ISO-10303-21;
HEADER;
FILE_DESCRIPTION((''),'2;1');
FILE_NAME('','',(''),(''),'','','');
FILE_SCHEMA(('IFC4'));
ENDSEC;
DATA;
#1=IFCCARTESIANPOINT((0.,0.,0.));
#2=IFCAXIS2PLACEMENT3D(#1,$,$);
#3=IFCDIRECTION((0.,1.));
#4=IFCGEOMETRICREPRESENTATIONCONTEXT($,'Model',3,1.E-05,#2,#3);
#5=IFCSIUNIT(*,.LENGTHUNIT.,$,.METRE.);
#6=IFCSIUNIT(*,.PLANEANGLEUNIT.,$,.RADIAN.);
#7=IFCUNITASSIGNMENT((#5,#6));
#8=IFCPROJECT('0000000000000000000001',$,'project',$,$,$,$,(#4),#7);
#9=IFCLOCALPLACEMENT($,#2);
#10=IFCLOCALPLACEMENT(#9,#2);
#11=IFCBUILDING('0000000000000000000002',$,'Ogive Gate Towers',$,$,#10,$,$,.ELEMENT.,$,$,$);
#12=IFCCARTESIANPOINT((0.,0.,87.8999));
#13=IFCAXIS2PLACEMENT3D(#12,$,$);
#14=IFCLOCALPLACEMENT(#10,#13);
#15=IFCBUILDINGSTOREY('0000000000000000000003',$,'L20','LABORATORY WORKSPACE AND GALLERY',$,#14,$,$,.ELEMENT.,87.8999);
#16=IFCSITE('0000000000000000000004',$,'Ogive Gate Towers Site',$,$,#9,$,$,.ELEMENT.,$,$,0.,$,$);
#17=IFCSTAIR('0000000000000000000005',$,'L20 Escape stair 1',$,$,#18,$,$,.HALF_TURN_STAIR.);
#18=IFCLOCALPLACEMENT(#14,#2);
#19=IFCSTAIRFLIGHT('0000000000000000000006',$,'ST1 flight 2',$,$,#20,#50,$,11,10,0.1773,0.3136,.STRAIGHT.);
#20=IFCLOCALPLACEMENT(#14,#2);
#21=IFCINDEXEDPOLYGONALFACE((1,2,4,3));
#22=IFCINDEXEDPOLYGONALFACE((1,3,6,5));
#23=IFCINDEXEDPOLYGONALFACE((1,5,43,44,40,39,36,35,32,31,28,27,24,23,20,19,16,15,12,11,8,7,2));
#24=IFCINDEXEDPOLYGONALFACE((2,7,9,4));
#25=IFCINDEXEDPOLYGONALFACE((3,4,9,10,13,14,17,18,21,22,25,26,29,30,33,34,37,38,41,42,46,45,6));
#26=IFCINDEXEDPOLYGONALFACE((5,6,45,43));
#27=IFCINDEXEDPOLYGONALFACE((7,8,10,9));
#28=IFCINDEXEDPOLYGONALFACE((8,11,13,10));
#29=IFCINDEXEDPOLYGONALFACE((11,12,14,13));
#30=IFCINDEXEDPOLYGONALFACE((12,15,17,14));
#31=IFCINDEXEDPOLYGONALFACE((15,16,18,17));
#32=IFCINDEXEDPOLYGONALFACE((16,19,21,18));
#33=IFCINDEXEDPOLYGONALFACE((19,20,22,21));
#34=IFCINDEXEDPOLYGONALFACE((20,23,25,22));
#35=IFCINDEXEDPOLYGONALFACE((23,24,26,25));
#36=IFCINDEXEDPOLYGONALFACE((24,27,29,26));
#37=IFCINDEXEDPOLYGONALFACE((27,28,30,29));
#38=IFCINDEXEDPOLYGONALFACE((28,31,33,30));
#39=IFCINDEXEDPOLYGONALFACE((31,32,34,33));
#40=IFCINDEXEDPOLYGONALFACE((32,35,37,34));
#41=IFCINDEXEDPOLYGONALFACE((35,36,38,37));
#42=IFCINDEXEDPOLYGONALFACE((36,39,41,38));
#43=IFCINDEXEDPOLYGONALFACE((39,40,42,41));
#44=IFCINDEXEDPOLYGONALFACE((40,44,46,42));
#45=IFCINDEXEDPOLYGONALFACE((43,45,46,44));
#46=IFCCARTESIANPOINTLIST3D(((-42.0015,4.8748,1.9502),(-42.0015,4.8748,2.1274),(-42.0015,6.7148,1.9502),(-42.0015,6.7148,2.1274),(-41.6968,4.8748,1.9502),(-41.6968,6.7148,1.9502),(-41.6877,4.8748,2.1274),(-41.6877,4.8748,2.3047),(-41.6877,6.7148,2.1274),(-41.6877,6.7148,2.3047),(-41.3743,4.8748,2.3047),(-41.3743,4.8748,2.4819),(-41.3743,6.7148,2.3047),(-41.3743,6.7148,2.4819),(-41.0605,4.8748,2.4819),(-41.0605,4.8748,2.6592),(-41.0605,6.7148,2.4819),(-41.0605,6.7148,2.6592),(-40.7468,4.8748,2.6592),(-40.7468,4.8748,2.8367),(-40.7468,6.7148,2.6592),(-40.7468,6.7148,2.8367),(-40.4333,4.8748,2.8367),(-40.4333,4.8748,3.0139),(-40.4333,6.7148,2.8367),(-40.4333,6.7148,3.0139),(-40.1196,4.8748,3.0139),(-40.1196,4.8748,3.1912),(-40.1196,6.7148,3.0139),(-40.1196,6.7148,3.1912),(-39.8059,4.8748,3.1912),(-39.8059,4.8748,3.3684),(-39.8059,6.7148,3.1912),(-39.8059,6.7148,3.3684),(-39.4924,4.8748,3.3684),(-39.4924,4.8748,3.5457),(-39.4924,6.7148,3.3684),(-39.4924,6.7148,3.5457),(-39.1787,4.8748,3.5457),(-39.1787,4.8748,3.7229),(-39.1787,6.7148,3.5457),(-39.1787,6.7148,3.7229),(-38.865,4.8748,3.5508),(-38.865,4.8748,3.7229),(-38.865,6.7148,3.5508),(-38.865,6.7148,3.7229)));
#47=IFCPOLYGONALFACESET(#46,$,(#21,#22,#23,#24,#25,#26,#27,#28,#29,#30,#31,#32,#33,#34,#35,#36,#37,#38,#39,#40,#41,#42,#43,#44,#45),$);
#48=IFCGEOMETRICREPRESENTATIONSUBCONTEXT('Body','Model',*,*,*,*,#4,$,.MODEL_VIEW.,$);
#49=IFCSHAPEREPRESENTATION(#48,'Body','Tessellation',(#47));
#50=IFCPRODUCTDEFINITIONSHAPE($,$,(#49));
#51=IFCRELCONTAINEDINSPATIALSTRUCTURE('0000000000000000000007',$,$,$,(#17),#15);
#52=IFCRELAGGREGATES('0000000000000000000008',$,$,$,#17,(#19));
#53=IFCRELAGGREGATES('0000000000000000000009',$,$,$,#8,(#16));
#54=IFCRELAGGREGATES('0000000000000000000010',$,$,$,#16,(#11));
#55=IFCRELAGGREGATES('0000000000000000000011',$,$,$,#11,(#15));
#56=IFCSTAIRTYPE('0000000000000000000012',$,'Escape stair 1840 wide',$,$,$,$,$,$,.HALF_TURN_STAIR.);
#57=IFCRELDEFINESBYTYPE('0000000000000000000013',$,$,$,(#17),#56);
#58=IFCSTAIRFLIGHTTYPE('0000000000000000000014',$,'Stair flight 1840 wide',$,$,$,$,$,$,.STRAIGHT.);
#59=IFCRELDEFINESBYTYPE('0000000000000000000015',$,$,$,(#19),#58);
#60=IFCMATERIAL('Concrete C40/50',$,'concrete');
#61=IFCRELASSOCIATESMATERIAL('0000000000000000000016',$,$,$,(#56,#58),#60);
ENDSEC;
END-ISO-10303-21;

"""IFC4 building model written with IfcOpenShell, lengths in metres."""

from ifc_helpers import new_model, si_unit, direction, frame, origin, place, context, subcontext, project, spatial, polyline, outline, extrude, material, type_object, element, aggregate, save


model = new_model("IFC4")

# Units and contexts
model_context = context("Model", 3, precision=1e-05, world=origin(), true_north=direction((0.0, 1.0)))
body_context = subcontext(model_context, "Body", "Model", "MODEL_VIEW")
ifc_project = project(units=[si_unit("LENGTHUNIT", "METRE"), si_unit("PLANEANGLEUNIT", "RADIAN")], contexts=[model_context])

# Site, building, storey
site_placement = place(None, origin())
site = spatial("IfcSite", under=ifc_project, at=site_placement, Name="Ogive Gate Towers Site", CompositionType="ELEMENT", RefElevation=0.0)
building_placement = place(site_placement, origin())
building = spatial("IfcBuilding", under=site, at=building_placement, Name="Ogive Gate Towers", CompositionType="ELEMENT")
storey_placement = place(building_placement, frame((0.0, 0.0, 87.8999)))
storey = spatial("IfcBuildingStorey", under=building, at=storey_placement, Name="L20", Description="LABORATORY WORKSPACE AND GALLERY", CompositionType="ELEMENT", Elevation=87.8999)

# Stair, stair flight
ifc_material_1 = material(Name="Concrete C40/50", Category="concrete")
stair_type = type_object("IfcStairType", Name="Escape stair 1840 wide", PredefinedType="HALF_TURN_STAIR", material=ifc_material_1)
stair_placement = place(storey_placement, origin())
stair = element("IfcStair", 1, at=stair_placement, inside=storey, type_object=stair_type, Name="L20 Escape stair 1", PredefinedType="HALF_TURN_STAIR")
stair_flight_type = type_object("IfcStairFlightType", Name="Stair flight 1840 wide", PredefinedType="STRAIGHT", material=ifc_material_1)
stair_flight_1_placement = place(storey_placement, frame((-42.0015, 5.7949, 1.9502), z_axis=(0.0, 0.0, 1.0), x_axis=(1.0, 0.0, 0.0)))
stair_flight_1 = element("IfcStairFlight", 2, at=stair_flight_1_placement, type_object=stair_flight_type, Name="ST1 flight 2", NumberOfRisers=11, NumberOfTreads=10, PredefinedType="STRAIGHT", RiserHeight=0.1773, TreadLength=0.3136, context=body_context, shape_type="SweptSolid", body=[
    extrude(outline(polyline([(0.0, 0.0), (0.0, 0.1772), (0.3137, 0.1772), (0.3137, 0.3545), (0.6272, 0.3545), (0.6272, 0.5317), (0.9409, 0.5317), (0.9409, 0.709), (1.2546, 0.709), (1.2546, 0.8865), (1.5681, 0.8865), (1.5681, 1.0637), (1.8818, 1.0637), (1.8818, 1.241), (2.1956, 1.241), (2.1956, 1.4182), (2.509, 1.4182), (2.509, 1.5955), (2.8228, 1.5955), (2.8228, 1.7727), (3.1365, 1.7727), (3.1365, 1.95), (3.1365, 1.6006), (0.3047, 0.0), (0.0, 0.0)])), frame((0.0, 0.9199, 0.0), z_axis=(0.0, -1.0, 0.0), x_axis=(1.0, 0.0, 0.0)), (0.0, 0.0, 1.0), 1.8401),
])
aggregate(stair, [stair_flight_1])

save(model, "model.ifc")
